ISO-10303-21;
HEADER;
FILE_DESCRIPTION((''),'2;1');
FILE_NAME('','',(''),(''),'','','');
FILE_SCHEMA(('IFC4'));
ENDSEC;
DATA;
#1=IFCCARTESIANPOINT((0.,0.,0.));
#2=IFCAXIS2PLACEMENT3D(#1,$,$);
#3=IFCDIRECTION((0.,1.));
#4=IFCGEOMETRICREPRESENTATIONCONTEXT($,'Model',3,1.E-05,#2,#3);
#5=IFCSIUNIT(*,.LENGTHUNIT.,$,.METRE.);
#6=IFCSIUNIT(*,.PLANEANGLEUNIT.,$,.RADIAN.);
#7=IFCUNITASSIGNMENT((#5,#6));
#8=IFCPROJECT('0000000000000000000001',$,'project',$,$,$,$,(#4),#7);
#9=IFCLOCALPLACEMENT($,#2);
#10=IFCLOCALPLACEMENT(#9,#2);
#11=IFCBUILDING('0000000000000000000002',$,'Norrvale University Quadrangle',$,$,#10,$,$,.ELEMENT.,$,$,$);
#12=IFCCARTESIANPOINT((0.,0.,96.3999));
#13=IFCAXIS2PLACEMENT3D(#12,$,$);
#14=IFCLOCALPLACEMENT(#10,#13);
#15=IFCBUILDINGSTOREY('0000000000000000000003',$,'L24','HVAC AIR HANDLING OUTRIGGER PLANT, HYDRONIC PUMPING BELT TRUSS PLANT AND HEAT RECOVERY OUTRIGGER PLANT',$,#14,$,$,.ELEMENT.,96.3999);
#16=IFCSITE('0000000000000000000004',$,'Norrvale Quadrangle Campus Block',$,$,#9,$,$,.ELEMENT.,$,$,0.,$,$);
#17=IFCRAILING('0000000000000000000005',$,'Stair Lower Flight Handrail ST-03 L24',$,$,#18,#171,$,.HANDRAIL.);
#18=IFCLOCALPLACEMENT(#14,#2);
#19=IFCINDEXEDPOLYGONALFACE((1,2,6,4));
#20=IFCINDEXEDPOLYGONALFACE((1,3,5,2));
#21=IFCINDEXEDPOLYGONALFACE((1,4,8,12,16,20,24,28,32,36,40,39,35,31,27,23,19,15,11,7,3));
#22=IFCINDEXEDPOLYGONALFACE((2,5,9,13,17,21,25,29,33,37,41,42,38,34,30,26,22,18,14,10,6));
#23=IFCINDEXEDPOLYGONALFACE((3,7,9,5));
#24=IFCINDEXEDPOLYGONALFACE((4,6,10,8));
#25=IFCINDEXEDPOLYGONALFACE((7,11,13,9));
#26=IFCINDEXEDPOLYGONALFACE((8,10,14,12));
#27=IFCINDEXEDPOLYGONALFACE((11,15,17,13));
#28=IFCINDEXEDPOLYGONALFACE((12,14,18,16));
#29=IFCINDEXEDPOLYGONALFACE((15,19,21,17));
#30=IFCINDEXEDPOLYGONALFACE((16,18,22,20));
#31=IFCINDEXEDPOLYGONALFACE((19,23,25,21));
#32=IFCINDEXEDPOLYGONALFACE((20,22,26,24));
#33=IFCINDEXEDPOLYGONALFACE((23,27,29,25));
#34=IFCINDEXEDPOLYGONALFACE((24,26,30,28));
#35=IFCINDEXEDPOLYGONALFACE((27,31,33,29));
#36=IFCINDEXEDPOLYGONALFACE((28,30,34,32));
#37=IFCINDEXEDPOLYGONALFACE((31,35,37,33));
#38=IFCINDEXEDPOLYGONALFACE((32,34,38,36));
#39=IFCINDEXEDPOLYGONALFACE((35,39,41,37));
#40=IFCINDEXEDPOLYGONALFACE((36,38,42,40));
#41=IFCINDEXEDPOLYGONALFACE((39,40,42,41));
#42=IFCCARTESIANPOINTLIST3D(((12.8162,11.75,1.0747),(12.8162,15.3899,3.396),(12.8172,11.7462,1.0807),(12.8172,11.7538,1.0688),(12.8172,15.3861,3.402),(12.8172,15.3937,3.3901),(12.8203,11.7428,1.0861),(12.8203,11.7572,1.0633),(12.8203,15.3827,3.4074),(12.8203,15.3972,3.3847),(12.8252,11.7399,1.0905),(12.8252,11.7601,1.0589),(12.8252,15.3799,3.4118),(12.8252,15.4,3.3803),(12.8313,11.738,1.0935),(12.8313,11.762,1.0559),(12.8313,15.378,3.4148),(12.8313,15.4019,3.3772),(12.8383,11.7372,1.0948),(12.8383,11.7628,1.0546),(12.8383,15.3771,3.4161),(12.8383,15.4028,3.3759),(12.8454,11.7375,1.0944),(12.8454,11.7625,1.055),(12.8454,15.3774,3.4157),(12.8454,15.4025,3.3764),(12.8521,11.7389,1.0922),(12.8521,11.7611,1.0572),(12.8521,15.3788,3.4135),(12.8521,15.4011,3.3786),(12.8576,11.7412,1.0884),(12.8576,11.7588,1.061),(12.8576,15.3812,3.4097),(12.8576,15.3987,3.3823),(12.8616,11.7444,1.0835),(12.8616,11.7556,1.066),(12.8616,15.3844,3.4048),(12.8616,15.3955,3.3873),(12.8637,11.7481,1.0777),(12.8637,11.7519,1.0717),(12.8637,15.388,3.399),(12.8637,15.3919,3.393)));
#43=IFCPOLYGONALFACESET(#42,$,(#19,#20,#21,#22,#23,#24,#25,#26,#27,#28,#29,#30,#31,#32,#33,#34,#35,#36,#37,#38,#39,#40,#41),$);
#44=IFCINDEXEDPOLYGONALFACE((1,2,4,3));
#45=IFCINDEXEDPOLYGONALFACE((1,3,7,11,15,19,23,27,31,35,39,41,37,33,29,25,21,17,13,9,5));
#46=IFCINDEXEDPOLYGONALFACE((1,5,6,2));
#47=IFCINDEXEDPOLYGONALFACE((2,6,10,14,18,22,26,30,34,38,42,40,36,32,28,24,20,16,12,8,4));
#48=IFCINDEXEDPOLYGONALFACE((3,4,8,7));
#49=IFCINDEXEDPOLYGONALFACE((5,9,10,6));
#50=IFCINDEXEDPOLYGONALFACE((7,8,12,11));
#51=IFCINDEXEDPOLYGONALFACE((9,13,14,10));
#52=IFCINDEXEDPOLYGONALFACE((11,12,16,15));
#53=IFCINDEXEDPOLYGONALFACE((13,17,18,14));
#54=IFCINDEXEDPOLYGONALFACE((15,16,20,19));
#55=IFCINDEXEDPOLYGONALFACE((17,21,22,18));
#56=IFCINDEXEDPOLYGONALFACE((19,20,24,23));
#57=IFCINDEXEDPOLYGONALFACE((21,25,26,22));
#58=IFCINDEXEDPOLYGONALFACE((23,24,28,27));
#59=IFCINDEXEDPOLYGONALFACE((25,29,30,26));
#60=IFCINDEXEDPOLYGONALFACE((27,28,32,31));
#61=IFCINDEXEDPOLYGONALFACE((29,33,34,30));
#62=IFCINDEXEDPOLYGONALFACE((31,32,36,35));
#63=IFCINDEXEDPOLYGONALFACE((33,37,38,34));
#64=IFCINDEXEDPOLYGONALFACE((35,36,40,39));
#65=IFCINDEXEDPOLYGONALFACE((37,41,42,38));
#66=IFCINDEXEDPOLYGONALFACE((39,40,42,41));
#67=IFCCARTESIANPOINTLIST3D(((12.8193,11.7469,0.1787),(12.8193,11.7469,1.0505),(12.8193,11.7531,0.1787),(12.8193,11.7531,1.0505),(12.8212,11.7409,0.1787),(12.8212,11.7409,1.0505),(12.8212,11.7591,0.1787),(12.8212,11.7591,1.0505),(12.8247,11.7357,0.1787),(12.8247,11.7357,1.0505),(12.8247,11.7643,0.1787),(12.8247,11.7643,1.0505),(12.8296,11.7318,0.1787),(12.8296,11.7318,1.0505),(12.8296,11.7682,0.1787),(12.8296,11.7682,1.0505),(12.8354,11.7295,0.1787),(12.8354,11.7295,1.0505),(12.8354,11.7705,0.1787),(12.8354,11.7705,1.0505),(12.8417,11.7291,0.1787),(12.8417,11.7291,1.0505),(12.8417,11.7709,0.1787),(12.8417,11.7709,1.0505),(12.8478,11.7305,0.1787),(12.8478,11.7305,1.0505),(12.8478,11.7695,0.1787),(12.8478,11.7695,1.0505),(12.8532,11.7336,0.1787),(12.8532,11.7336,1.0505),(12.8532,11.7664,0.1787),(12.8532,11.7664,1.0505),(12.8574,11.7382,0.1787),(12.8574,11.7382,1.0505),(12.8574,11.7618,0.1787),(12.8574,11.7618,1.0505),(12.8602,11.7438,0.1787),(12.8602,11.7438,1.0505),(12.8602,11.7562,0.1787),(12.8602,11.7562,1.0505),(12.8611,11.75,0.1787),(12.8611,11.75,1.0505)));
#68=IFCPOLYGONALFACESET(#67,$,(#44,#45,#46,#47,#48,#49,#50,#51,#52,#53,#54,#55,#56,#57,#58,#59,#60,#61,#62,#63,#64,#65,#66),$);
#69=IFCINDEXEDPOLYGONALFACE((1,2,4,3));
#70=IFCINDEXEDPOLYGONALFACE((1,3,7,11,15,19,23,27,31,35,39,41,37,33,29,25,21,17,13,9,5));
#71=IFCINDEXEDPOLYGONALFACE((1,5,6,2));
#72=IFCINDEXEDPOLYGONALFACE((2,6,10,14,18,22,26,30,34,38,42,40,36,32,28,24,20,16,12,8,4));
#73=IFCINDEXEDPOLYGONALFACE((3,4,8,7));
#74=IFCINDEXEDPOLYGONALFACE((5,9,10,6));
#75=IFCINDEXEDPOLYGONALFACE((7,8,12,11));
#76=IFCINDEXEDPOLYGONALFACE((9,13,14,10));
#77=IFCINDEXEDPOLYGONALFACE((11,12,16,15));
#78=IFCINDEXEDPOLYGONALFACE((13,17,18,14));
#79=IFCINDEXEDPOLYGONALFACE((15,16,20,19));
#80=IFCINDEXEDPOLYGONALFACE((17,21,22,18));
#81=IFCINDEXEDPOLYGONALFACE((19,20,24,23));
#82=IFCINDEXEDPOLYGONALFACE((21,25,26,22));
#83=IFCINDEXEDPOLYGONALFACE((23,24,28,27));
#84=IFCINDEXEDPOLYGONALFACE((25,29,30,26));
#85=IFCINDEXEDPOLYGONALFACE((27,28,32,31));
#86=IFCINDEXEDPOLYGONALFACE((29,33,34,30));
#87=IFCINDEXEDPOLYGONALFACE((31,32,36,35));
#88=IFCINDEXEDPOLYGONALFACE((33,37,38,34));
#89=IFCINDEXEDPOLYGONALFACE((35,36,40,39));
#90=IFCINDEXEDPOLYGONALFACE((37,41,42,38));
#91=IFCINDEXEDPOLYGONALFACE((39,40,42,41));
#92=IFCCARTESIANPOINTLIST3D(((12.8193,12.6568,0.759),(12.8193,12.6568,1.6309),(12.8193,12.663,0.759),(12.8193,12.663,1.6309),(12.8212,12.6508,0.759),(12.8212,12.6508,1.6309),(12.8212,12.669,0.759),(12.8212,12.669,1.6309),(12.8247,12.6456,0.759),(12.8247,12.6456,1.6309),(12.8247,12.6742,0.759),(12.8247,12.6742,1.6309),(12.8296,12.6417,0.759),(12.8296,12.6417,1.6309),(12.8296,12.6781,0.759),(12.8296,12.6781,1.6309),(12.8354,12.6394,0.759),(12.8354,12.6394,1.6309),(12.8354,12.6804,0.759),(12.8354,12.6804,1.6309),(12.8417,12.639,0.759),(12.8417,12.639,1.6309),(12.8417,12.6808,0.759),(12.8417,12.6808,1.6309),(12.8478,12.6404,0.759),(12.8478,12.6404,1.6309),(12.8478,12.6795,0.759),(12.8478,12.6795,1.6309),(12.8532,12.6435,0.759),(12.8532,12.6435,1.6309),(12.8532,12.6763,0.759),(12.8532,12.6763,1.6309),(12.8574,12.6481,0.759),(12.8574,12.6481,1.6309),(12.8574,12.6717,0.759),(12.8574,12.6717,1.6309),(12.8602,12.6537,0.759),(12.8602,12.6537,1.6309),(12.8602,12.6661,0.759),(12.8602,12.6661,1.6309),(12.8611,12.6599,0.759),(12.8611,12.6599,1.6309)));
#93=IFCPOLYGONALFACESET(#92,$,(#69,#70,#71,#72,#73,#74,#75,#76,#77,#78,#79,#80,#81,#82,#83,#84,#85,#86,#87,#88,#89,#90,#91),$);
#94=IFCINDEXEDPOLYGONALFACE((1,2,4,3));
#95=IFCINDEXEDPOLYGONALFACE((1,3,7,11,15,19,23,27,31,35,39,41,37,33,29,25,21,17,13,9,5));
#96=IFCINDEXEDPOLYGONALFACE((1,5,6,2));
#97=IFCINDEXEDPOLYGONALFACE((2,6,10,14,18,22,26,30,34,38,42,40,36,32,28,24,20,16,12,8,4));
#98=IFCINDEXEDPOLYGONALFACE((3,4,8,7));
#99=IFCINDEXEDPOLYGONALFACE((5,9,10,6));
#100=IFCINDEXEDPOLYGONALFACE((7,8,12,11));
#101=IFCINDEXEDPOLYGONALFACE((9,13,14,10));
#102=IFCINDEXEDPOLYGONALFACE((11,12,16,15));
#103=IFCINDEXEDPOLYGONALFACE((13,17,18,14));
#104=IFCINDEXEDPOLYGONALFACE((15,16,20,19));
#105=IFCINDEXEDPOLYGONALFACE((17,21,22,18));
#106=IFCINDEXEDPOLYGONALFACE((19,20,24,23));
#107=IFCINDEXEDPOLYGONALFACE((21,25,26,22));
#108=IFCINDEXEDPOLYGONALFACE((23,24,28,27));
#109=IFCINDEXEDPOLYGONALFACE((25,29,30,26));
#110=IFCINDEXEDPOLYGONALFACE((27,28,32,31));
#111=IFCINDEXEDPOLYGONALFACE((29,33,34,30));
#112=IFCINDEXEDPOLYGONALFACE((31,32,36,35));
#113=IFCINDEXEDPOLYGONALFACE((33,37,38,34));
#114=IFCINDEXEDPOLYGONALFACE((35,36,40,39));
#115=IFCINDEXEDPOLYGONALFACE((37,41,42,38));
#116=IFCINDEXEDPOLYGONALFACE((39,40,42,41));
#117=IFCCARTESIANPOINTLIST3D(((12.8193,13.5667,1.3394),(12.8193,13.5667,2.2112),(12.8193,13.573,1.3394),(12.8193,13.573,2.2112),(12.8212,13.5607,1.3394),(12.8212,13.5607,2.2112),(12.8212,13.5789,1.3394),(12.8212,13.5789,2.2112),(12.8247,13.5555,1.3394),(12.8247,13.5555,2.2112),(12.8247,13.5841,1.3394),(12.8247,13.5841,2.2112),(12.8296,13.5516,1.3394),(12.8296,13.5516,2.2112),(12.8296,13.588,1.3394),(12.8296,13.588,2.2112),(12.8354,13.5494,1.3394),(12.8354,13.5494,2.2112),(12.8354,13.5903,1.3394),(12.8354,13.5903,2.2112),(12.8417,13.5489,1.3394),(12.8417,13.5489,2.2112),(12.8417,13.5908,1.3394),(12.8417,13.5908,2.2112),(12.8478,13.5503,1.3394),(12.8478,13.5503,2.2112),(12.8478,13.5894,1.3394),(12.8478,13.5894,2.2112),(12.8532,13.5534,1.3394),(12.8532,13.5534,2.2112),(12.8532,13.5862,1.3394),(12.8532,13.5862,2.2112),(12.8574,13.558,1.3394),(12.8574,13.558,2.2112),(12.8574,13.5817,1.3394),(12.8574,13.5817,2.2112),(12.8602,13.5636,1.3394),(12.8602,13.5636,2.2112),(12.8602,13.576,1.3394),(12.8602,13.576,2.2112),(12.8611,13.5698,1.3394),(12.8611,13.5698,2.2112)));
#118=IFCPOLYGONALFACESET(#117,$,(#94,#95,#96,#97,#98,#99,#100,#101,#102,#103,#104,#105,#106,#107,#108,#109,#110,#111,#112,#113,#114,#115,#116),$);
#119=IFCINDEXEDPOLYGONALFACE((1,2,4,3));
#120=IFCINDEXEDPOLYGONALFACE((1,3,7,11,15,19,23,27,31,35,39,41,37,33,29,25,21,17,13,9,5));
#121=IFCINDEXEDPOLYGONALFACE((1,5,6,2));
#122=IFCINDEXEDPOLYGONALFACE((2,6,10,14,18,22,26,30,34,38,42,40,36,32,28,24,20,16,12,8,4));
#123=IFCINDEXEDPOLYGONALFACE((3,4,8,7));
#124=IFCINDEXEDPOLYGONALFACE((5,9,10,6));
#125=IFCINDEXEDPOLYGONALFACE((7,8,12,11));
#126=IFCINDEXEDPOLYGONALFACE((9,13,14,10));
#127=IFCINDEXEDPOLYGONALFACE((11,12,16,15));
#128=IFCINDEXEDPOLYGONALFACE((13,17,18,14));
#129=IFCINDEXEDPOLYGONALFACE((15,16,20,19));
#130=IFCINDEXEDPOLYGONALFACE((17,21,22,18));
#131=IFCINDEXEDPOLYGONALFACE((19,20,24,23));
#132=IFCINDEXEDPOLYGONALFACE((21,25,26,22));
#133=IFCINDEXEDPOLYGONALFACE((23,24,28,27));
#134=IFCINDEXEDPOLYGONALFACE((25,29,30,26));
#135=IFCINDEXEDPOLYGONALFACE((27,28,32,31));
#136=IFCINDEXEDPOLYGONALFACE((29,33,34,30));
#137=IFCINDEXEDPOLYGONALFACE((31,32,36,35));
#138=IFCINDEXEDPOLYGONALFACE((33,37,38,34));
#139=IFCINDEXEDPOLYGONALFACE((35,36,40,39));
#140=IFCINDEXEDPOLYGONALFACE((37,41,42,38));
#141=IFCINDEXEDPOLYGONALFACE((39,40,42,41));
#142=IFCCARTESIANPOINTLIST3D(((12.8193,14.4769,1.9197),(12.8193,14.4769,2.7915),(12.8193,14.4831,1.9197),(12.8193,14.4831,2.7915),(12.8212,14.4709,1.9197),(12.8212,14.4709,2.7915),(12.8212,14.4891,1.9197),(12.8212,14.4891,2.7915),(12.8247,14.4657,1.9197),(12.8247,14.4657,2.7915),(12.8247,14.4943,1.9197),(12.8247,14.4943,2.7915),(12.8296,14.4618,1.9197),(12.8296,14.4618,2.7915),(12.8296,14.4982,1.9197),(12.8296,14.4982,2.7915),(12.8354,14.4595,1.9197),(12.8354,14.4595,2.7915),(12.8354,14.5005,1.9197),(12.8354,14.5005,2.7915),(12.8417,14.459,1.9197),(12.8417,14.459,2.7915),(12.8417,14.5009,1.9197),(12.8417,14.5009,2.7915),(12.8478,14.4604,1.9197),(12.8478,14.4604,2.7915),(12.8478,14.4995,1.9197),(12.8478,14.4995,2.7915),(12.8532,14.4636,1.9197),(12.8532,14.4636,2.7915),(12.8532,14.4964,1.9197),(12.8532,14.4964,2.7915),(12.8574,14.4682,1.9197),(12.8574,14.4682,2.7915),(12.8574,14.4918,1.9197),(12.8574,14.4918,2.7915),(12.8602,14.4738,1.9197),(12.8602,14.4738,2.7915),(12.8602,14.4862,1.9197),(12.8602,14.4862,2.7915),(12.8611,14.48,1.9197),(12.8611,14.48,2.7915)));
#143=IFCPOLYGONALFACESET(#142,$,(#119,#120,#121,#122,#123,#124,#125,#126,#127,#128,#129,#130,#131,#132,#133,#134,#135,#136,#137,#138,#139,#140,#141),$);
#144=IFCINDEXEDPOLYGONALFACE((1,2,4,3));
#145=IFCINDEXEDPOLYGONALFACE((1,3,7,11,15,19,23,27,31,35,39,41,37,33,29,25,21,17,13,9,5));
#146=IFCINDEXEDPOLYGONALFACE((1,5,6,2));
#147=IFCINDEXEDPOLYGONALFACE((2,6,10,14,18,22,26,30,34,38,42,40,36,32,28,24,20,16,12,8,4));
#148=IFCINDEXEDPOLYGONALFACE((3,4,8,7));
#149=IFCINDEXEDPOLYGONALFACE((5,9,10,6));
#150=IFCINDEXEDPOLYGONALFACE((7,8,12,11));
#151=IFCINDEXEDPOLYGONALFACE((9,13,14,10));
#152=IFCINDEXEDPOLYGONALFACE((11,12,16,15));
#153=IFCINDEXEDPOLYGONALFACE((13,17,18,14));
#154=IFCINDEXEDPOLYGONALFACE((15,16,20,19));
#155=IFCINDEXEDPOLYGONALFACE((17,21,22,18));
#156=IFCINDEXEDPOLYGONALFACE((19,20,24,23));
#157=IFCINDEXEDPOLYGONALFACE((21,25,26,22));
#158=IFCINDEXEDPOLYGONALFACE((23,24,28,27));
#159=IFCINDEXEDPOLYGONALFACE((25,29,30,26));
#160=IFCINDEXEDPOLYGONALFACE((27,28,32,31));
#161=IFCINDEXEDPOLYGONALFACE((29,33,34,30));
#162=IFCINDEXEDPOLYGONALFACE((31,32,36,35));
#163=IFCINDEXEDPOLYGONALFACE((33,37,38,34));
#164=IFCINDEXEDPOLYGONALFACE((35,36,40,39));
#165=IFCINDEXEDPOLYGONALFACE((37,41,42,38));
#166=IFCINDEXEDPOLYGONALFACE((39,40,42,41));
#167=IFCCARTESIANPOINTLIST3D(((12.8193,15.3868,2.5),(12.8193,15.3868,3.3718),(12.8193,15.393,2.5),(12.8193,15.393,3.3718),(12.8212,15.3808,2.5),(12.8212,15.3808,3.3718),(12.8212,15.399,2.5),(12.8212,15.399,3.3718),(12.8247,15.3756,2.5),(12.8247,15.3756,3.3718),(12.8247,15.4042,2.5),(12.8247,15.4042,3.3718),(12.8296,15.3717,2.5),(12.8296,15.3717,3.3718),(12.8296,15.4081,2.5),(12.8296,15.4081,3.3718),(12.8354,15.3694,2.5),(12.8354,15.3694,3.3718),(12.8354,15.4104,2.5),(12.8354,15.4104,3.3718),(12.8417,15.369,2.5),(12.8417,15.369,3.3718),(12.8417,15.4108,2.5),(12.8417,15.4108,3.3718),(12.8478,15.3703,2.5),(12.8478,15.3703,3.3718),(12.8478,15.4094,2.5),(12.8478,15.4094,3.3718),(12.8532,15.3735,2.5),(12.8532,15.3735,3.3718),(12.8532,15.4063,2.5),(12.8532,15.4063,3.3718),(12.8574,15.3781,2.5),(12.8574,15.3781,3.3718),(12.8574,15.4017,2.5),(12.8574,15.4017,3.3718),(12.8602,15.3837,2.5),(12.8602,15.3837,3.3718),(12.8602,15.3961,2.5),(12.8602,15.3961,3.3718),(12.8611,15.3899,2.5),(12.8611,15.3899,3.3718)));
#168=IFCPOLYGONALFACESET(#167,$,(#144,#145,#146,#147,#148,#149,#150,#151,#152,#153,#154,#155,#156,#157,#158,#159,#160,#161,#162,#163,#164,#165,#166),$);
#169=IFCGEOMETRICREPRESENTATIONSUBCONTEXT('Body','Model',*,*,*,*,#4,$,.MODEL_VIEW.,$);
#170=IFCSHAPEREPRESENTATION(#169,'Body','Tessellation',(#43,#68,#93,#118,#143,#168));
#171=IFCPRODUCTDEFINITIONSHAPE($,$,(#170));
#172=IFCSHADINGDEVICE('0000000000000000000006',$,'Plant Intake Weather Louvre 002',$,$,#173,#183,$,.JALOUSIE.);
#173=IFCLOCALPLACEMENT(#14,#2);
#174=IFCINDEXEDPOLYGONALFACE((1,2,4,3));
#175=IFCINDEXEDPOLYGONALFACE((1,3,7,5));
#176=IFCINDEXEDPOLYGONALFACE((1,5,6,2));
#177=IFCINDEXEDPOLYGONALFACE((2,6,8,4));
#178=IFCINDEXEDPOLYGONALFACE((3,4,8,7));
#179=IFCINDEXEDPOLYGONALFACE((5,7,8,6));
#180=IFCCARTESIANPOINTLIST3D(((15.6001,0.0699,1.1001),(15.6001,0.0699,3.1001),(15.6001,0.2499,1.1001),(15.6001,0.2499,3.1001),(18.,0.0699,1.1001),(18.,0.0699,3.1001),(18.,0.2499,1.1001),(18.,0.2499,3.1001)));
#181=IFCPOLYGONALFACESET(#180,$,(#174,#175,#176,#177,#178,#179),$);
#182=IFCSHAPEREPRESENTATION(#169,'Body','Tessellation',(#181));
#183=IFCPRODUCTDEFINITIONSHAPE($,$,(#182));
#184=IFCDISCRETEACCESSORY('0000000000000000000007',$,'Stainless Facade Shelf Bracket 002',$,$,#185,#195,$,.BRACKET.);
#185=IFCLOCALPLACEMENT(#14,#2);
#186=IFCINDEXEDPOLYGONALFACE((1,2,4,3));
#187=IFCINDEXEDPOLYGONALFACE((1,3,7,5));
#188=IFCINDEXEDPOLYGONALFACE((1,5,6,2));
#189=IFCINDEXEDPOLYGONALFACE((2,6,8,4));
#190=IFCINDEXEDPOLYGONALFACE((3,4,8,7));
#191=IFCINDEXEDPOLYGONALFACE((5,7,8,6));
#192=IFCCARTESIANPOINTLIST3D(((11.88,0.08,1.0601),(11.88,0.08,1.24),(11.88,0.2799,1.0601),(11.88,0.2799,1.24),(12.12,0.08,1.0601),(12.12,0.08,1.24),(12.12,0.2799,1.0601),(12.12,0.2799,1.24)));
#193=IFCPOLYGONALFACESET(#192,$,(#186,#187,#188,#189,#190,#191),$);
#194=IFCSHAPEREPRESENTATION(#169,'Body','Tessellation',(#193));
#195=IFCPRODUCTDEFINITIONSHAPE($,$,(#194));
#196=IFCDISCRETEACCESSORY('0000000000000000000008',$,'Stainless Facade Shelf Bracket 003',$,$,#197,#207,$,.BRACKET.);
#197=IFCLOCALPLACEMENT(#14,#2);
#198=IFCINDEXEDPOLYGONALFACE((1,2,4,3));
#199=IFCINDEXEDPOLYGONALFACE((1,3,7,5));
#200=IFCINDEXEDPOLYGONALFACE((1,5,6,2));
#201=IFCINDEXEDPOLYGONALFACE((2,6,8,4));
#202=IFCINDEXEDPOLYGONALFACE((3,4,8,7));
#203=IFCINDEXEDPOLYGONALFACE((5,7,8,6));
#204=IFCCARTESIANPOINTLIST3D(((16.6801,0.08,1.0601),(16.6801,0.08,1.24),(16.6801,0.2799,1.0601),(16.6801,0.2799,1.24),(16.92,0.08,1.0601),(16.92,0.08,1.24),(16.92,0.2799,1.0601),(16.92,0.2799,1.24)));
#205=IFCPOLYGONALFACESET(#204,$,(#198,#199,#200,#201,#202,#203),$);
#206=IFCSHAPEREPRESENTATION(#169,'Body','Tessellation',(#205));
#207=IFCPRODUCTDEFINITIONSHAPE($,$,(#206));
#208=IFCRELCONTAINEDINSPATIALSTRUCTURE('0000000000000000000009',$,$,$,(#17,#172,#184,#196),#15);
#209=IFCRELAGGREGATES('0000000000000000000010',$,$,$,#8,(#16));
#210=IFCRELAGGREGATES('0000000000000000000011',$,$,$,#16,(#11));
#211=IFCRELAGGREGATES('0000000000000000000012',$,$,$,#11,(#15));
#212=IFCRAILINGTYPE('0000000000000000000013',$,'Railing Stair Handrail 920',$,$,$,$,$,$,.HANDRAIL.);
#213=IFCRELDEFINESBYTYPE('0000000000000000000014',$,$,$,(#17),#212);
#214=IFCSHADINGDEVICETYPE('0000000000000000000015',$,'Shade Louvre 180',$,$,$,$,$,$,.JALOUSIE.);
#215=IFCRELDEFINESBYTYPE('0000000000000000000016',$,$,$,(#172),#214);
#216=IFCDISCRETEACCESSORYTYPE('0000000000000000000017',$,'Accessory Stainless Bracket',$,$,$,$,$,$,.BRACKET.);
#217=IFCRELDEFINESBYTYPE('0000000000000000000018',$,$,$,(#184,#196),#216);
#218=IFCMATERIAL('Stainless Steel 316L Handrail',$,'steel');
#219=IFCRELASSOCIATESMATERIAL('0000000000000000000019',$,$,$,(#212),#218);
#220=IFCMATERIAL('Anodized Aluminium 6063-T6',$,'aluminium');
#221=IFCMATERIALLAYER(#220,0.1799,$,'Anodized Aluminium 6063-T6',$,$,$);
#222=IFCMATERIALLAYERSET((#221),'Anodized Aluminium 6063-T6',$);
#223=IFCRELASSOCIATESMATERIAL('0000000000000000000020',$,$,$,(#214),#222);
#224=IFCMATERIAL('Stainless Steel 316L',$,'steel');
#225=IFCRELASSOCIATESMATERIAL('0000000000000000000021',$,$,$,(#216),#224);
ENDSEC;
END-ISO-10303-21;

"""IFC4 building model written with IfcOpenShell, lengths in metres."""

from ifc_helpers import new_model, si_unit, direction, frame, origin, origin_2d, place, context, subcontext, project, spatial, rectangle, circle, extrude, material, layer, layer_set, type_object, element, save


model = new_model("IFC4")

# Units and contexts
model_context = context("Model", 3, precision=1e-05, world=origin(), true_north=direction((0.0, 1.0)))
body_context = subcontext(model_context, "Body", "Model", "MODEL_VIEW")
ifc_project = project(units=[si_unit("LENGTHUNIT", "METRE"), si_unit("PLANEANGLEUNIT", "RADIAN")], contexts=[model_context])

# Site, building, storey
site_placement = place(None, origin())
site = spatial("IfcSite", under=ifc_project, at=site_placement, Name="Norrvale Quadrangle Campus Block", CompositionType="ELEMENT", RefElevation=0.0)
building_placement = place(site_placement, origin())
building = spatial("IfcBuilding", under=site, at=building_placement, Name="Norrvale University Quadrangle", CompositionType="ELEMENT")
storey_placement = place(building_placement, frame((0.0, 0.0, 96.3999)))
storey = spatial("IfcBuildingStorey", under=building, at=storey_placement, Name="L24", Description="HVAC AIR HANDLING OUTRIGGER PLANT, HYDRONIC PUMPING BELT TRUSS PLANT AND HEAT RECOVERY OUTRIGGER PLANT", CompositionType="ELEMENT", Elevation=96.3999)

# Railing
ifc_material_1 = material(Name="Stainless Steel 316L Handrail", Category="steel")
railing_type_1 = type_object("IfcRailingType", Name="Railing Stair Handrail 920", PredefinedType="HANDRAIL", material=ifc_material_1)
railing_1_placement = place(storey_placement, frame((12.8401, 11.75, 0.1787)))
element("IfcRailing", 1, at=railing_1_placement, inside=storey, type_object=railing_type_1, Name="Stair Lower Flight Handrail ST-03 L24", PredefinedType="HANDRAIL", context=body_context, shape_type="SweptSolid", body=[
    extrude(circle(Radius=0.0239, at=origin_2d()), frame((0.0, 0.0, 0.896), z_axis=(0.0, 0.843137, 0.537699), x_axis=(-1.0, 0.0, 0.0)), (0.0, 0.0, 1.0), 4.3171),
    extrude(circle(Radius=0.021, at=origin_2d()), origin(), (0.0, 0.0, 1.0), 0.8718),
    extrude(circle(Radius=0.021, at=origin_2d()), frame((0.0, 0.9099, 0.5803)), (0.0, 0.0, 1.0), 0.8718),
    extrude(circle(Radius=0.021, at=origin_2d()), frame((0.0, 1.8198, 1.1606)), (0.0, 0.0, 1.0), 0.8718),
    extrude(circle(Radius=0.021, at=origin_2d()), frame((0.0, 2.73, 1.741)), (0.0, 0.0, 1.0), 0.8718),
    extrude(circle(Radius=0.021, at=origin_2d()), frame((0.0, 3.6399, 2.3213)), (0.0, 0.0, 1.0), 0.8718),
])

# Shading device
ifc_material_2 = material(Name="Anodized Aluminium 6063-T6", Category="aluminium")
ifc_layer_1 = layer(ifc_material_2, 0.1799, Name="Anodized Aluminium 6063-T6")
ifc_layer_set_1 = layer_set([ifc_layer_1], Name="Anodized Aluminium 6063-T6")
shading_device_type = type_object("IfcShadingDeviceType", Name="Shade Louvre 180", PredefinedType="JALOUSIE", material=ifc_layer_set_1)
shading_device_placement = place(storey_placement, frame((16.8, 0.1599, 1.1001), z_axis=(0.0, 0.0, 1.0), x_axis=(1.0, 0.0, 0.0)))
element("IfcShadingDevice", 2, at=shading_device_placement, inside=storey, type_object=shading_device_type, Name="Plant Intake Weather Louvre 002", PredefinedType="JALOUSIE", context=body_context, shape_type="SweptSolid", body=[
    extrude(rectangle(XDim=2.3999, YDim=0.1799, at=origin_2d()), origin(), (0.0, 0.0, 1.0), 2.0),
])

# Discrete accessories
ifc_material_3 = material(Name="Stainless Steel 316L", Category="steel")
discrete_accessory_type = type_object("IfcDiscreteAccessoryType", Name="Accessory Stainless Bracket", PredefinedType="BRACKET", material=ifc_material_3)
for number, where, z_axis, x_axis, name in (
    (3, (12.0, 0.1799, 1.0601), (0.0, 0.0, 1.0), (1.0, 0.0, 0.0), "Stainless Facade Shelf Bracket 002"),
    (4, (16.8, 0.1799, 1.0601), (0.0, 0.0, 1.0), (1.0, 0.0, 0.0), "Stainless Facade Shelf Bracket 003"),
):
    element("IfcDiscreteAccessory", number, at=place(storey_placement, frame(where, z_axis=z_axis, x_axis=x_axis)), inside=storey, type_object=discrete_accessory_type, Name=name, PredefinedType="BRACKET", context=body_context, shape_type="SweptSolid", body=[
        extrude(rectangle(XDim=0.24, YDim=0.2, at=origin_2d()), origin(), (0.0, 0.0, 1.0), 0.1799),
    ])

save(model, "model.ifc")
